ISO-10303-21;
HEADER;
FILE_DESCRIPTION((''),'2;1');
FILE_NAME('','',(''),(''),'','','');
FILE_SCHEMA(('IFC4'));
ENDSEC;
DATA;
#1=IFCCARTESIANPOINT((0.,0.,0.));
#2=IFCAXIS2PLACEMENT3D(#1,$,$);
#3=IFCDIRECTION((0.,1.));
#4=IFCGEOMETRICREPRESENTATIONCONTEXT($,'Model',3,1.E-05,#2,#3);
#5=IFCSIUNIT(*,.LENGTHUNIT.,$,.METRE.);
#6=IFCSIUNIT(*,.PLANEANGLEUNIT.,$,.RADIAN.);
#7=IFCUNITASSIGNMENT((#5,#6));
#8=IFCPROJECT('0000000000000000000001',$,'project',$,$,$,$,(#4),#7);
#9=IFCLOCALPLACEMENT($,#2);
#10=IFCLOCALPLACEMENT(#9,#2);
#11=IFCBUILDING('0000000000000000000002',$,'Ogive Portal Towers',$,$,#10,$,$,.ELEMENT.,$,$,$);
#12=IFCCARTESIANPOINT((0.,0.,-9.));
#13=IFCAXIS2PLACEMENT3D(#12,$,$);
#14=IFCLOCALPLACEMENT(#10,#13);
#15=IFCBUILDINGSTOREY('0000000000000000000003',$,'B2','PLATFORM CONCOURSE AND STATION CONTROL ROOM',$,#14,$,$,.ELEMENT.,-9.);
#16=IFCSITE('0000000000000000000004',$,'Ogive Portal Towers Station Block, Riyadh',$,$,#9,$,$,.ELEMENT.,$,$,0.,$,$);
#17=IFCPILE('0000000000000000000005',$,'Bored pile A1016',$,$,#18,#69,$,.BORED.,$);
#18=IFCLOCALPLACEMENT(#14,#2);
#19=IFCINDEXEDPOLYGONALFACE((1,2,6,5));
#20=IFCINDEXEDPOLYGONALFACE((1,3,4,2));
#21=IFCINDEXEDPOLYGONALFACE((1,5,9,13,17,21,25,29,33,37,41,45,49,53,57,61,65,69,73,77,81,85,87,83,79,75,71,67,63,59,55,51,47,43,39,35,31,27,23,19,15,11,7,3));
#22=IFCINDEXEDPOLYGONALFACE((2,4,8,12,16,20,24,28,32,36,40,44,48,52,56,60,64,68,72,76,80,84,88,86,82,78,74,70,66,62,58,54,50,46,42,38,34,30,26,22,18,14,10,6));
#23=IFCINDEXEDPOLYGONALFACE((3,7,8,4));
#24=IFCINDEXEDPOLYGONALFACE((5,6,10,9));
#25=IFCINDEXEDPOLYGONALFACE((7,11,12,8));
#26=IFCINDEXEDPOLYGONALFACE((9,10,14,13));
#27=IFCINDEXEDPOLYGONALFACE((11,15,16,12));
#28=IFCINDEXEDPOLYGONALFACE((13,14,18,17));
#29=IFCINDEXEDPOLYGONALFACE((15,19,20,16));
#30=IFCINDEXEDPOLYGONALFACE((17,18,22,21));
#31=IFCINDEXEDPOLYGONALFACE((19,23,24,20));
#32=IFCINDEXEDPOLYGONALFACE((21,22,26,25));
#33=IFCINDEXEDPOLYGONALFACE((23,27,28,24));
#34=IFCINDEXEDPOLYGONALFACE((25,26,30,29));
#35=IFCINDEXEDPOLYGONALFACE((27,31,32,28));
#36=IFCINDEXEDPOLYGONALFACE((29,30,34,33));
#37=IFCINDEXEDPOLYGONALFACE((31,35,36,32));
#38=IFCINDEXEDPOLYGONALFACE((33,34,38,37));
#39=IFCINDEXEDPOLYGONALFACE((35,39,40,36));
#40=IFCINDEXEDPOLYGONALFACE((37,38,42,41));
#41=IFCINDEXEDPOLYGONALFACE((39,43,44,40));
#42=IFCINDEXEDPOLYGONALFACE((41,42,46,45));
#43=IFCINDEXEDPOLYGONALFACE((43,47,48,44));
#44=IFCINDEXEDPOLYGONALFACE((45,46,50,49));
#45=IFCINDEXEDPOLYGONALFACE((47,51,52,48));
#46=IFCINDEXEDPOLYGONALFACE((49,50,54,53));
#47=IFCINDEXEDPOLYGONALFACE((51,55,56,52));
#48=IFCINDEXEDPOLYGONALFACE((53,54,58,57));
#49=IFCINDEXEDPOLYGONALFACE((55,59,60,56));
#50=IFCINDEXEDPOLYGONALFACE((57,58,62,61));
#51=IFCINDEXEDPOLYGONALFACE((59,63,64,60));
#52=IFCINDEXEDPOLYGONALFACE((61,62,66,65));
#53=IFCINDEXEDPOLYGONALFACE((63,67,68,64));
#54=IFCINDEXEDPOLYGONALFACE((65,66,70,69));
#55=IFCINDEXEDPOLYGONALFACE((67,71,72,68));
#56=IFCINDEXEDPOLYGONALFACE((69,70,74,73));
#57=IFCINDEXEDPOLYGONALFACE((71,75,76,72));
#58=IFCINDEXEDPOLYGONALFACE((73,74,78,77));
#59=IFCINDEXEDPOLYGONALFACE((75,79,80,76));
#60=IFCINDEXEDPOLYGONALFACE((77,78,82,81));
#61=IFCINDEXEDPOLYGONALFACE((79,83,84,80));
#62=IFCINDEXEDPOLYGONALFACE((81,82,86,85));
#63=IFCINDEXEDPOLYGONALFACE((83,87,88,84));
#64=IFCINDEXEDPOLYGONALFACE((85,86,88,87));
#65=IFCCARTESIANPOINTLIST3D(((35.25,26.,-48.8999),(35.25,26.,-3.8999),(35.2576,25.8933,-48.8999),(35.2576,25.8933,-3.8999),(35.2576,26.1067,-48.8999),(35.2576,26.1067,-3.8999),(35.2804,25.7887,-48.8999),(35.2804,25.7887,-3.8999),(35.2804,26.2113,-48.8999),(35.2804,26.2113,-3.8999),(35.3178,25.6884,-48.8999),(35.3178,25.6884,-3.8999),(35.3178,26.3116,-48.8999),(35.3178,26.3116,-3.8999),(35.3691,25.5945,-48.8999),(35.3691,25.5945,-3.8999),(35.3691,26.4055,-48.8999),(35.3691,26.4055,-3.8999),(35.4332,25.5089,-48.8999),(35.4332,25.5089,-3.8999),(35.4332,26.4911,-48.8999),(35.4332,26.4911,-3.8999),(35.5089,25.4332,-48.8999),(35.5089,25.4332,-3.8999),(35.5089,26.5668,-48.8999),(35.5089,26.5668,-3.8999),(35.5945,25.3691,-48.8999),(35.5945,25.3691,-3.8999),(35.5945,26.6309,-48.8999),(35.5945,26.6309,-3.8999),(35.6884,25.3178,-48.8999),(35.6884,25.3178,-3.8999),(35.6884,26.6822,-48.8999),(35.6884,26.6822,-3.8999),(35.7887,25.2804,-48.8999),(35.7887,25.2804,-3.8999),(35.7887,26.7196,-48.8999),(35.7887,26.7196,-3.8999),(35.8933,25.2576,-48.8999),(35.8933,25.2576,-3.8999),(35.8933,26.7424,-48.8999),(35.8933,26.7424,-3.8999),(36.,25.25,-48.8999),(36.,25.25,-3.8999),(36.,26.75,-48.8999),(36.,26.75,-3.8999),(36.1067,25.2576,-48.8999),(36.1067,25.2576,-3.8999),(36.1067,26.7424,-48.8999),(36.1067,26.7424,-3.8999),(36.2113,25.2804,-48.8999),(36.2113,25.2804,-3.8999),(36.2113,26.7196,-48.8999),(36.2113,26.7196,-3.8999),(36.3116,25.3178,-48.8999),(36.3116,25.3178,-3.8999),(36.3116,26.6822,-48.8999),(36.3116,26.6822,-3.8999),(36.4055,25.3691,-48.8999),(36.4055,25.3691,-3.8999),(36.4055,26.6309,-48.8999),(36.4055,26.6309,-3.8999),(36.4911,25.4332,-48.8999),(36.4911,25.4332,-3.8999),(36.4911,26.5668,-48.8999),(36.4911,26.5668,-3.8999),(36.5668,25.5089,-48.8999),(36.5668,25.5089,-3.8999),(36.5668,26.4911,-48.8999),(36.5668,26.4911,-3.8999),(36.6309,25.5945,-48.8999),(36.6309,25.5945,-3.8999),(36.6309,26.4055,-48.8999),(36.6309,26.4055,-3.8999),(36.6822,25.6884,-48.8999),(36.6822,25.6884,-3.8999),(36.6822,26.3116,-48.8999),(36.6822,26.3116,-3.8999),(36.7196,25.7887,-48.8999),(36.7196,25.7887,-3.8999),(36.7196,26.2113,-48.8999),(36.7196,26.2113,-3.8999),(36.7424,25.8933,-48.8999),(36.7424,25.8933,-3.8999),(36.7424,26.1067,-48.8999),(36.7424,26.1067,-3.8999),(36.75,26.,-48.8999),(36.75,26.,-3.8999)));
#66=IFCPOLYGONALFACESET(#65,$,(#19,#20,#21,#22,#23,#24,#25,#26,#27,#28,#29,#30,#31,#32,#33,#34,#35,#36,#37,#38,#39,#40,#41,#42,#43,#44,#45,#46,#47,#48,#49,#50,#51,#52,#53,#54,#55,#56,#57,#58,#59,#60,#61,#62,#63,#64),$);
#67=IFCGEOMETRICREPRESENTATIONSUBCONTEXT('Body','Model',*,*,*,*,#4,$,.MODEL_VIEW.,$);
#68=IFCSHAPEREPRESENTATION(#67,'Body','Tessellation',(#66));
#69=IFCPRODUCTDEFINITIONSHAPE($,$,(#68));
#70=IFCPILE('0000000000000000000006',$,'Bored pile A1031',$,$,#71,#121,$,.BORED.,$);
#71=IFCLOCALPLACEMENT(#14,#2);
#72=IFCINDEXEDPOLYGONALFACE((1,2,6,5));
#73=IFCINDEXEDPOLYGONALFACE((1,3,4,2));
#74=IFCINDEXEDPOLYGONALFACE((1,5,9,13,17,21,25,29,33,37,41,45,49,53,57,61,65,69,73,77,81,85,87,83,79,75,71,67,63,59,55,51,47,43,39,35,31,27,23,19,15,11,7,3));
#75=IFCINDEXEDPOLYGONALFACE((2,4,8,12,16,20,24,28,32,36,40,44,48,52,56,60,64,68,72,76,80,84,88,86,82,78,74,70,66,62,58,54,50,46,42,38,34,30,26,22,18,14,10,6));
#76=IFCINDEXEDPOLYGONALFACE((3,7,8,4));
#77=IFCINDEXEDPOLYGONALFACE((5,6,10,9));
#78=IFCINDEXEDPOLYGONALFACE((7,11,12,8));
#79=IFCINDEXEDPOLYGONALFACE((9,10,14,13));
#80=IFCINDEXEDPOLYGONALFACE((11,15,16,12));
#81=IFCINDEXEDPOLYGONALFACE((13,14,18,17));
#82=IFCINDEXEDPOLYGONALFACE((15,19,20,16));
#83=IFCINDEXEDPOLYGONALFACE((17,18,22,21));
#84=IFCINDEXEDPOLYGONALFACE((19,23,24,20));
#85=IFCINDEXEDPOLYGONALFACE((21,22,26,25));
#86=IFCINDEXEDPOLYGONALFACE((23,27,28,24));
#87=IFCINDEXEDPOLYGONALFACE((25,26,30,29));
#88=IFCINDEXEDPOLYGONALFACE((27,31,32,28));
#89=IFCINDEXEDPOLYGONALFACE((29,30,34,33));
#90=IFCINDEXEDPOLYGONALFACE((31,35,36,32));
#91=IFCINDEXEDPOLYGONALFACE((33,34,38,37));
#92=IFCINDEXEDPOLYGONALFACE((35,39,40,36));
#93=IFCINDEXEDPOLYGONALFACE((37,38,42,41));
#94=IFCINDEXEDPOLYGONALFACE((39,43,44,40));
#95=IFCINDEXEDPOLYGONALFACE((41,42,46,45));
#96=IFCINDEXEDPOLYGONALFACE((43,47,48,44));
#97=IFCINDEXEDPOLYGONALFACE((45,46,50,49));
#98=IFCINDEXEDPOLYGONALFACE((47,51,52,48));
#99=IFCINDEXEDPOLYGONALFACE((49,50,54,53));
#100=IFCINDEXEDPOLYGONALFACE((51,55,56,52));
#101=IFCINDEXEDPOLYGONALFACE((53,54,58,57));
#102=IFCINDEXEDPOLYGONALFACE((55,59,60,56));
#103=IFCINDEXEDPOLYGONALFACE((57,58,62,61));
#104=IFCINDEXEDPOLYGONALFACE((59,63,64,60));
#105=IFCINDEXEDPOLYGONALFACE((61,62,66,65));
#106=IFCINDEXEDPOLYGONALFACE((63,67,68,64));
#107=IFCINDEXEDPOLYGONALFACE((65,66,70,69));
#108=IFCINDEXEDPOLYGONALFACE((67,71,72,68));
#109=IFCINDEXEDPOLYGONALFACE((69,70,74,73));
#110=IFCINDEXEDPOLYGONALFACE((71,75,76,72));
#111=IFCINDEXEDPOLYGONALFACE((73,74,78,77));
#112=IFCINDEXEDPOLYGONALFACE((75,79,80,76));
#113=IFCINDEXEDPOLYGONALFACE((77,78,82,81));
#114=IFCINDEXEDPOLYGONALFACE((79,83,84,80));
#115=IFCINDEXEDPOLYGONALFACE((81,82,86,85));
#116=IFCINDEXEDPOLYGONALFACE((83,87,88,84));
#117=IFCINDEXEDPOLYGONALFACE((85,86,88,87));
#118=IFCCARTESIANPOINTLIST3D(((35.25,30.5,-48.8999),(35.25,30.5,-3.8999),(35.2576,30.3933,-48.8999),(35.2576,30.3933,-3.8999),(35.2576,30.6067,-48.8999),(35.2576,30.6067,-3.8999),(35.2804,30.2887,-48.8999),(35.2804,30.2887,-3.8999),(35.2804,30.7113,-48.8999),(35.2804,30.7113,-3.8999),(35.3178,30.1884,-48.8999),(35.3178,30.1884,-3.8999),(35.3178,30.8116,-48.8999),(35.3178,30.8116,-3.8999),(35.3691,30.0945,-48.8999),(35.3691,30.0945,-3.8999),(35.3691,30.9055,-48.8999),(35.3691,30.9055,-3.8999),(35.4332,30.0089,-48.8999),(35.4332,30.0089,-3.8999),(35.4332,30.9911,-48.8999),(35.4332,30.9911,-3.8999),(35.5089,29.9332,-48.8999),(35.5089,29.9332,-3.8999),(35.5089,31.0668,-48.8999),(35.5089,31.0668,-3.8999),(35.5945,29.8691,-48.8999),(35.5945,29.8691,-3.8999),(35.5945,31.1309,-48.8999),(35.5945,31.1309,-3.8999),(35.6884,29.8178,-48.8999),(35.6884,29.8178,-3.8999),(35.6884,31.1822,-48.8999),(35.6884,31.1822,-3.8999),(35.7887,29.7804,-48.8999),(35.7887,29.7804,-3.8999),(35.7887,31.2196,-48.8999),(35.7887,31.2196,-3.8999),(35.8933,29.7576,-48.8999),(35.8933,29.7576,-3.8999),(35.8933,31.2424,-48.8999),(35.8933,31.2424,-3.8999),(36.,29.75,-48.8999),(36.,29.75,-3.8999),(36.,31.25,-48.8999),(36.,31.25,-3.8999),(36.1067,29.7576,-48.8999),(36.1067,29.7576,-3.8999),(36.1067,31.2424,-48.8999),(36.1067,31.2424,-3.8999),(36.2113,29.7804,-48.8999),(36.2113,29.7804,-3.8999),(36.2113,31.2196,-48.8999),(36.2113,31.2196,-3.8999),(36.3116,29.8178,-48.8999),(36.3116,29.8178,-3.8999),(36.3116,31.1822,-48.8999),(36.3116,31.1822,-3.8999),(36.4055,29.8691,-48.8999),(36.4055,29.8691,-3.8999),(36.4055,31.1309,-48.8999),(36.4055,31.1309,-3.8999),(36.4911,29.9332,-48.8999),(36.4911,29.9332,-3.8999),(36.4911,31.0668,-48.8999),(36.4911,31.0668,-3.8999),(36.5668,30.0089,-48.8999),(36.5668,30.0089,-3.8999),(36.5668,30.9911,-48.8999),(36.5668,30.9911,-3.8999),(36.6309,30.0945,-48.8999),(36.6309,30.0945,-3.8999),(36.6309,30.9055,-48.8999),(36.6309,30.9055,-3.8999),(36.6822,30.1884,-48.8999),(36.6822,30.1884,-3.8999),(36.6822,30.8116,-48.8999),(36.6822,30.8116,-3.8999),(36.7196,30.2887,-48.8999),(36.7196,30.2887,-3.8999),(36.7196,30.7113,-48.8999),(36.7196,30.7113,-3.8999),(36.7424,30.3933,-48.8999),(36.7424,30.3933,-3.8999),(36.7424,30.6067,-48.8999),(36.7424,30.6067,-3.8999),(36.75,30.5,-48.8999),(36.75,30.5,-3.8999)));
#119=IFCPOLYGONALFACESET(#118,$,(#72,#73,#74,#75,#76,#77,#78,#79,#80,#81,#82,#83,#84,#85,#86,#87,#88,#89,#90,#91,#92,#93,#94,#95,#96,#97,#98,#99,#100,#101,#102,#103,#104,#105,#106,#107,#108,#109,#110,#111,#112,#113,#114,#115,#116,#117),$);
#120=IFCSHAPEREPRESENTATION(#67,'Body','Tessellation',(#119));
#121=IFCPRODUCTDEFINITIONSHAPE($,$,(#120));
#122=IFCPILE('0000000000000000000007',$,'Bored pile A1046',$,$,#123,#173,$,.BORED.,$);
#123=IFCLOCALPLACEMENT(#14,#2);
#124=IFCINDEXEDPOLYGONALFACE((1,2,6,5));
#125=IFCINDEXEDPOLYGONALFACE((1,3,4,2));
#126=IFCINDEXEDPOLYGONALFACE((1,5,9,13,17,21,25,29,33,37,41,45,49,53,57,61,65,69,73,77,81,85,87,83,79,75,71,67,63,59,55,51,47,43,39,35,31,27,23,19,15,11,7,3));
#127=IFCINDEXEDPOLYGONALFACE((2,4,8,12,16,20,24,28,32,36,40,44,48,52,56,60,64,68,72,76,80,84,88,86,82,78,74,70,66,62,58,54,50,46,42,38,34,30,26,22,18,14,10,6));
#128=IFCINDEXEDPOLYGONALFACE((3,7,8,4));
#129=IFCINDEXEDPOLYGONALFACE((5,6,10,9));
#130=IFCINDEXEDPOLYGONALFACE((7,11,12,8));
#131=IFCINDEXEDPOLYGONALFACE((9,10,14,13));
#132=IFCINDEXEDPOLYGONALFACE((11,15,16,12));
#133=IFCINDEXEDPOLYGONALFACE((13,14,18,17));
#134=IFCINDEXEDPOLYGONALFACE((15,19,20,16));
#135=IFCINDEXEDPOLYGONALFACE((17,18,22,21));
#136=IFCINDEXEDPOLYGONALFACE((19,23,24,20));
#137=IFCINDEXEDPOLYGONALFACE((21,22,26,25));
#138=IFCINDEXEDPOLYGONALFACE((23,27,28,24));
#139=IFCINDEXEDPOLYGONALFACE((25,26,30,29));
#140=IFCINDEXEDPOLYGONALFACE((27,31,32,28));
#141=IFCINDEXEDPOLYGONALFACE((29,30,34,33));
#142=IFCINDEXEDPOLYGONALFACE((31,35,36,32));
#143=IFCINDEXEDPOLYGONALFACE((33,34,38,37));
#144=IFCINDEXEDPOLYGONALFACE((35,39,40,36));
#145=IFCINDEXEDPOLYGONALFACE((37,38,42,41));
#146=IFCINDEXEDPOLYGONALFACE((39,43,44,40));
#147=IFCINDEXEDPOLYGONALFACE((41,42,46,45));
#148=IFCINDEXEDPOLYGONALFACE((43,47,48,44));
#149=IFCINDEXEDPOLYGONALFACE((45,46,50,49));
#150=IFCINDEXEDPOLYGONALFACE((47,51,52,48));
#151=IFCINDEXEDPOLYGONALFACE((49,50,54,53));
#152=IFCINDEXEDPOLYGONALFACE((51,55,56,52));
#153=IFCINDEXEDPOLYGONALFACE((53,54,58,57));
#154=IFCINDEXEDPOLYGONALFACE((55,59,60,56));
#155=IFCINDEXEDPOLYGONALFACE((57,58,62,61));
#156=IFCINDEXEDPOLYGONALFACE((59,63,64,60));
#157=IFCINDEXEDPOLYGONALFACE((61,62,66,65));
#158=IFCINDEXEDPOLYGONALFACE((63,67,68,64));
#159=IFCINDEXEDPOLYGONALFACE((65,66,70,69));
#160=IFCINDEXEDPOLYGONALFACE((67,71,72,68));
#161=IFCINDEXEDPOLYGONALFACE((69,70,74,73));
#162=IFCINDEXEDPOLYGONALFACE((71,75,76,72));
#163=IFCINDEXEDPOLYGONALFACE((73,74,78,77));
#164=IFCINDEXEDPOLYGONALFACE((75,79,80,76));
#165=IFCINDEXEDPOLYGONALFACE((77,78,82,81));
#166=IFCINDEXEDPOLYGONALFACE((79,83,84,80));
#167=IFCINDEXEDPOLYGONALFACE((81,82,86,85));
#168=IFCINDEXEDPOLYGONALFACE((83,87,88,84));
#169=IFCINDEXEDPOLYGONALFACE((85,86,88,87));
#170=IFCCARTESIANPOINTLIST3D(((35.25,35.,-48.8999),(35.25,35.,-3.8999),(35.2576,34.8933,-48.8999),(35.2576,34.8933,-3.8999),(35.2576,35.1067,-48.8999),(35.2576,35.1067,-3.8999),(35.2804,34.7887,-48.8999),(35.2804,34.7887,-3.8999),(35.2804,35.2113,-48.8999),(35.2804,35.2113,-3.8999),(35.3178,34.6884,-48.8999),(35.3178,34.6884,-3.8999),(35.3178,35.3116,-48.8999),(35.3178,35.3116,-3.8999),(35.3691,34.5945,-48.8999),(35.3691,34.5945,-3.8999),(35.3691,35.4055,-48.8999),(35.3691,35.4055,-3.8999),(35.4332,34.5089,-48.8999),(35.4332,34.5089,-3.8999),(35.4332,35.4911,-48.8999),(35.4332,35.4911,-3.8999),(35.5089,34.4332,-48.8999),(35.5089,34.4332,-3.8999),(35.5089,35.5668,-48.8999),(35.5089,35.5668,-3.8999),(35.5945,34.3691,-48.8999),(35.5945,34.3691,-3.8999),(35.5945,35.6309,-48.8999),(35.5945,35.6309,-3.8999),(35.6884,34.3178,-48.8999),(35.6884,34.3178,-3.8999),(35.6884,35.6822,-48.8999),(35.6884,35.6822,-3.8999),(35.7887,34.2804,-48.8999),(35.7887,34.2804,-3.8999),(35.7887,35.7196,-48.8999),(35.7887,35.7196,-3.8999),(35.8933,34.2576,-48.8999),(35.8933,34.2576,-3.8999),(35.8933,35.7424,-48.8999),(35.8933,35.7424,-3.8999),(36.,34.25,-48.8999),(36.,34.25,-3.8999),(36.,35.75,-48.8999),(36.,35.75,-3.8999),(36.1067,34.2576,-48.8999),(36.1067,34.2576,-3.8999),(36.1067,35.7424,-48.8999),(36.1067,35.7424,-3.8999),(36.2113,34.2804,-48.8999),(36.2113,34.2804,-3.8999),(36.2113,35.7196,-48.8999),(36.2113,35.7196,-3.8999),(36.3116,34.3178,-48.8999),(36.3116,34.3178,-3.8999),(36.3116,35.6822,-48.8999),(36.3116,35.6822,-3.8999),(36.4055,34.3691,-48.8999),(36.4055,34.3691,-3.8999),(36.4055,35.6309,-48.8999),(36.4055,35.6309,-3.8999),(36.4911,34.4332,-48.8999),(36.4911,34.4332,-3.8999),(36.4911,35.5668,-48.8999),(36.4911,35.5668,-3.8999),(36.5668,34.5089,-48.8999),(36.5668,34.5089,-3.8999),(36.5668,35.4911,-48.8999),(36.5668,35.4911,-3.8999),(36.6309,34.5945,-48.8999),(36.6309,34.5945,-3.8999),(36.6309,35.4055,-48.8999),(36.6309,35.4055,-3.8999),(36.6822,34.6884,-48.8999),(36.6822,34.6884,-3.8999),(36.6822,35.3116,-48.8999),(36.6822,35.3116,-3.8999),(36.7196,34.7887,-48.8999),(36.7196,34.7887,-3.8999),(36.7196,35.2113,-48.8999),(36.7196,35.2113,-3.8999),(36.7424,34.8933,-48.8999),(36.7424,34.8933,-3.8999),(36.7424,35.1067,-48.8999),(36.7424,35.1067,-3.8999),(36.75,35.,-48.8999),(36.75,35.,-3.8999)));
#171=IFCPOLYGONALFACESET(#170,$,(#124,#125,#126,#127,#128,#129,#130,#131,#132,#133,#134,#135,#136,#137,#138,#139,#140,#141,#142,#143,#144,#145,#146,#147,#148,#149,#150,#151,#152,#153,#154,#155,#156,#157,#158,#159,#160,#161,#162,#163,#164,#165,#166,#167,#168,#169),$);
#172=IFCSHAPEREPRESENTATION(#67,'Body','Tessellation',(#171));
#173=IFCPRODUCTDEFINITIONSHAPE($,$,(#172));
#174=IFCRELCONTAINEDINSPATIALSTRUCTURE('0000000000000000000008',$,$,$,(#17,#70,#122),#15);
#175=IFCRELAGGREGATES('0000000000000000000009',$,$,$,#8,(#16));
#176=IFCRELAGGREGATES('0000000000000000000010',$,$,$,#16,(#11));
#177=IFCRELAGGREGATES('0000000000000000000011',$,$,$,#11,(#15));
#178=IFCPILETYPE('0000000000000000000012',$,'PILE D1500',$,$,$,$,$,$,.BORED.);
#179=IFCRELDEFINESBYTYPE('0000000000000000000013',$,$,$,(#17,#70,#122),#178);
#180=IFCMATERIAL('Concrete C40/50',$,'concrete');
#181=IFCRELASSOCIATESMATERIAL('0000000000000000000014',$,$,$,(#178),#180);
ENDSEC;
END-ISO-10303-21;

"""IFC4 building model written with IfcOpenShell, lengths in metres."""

from ifc_helpers import new_model, si_unit, direction, frame, origin, origin_2d, place, context, subcontext, project, spatial, circle, extrude, material, material_profile, profile_set, type_object, element, save


model = new_model("IFC4")

# Units and contexts
model_context = context("Model", 3, precision=1e-05, world=origin(), true_north=direction((0.0, 1.0)))
body_context = subcontext(model_context, "Body", "Model", "MODEL_VIEW")
ifc_project = project(units=[si_unit("LENGTHUNIT", "METRE"), si_unit("PLANEANGLEUNIT", "RADIAN")], contexts=[model_context])

# Site, building, storey
site_placement = place(None, origin())
site = spatial("IfcSite", under=ifc_project, at=site_placement, Name="Ogive Portal Towers Station Block, Riyadh", CompositionType="ELEMENT", RefElevation=0.0)
building_placement = place(site_placement, origin())
building = spatial("IfcBuilding", under=site, at=building_placement, Name="Ogive Portal Towers", CompositionType="ELEMENT")
storey_placement = place(building_placement, frame((0.0, 0.0, -9.0)))
storey = spatial("IfcBuildingStorey", under=building, at=storey_placement, Name="B2", Description="PLATFORM CONCOURSE AND STATION CONTROL ROOM", CompositionType="ELEMENT", Elevation=-9.0)

# Piles
ifc_material_1 = material(Name="Concrete C40/50", Category="concrete")
ifc_material_profile_1 = material_profile(ifc_material_1, circle(Radius=0.75, at=origin_2d()), Name="PILE D1500")
ifc_profile_set_1 = profile_set([ifc_material_profile_1], Name="Concrete C40/50")
pile_type = type_object("IfcPileType", Name="PILE D1500", PredefinedType="BORED", material=ifc_profile_set_1)
for number, where, z_axis, x_axis, name in (
    (1, (36.0, 26.0, -3.8999), (0.0, 0.0, -1.0), (1.0, 0.0, 0.0), "Bored pile A1016"),
    (2, (36.0, 30.5, -3.8999), (0.0, 0.0, -1.0), (1.0, 0.0, 0.0), "Bored pile A1031"),
    (3, (36.0, 35.0, -3.8999), (0.0, 0.0, -1.0), (1.0, 0.0, 0.0), "Bored pile A1046"),
):
    element("IfcPile", number, at=place(storey_placement, frame(where, z_axis=z_axis, x_axis=x_axis)), inside=storey, type_object=pile_type, Name=name, PredefinedType="BORED", context=body_context, shape_type="SweptSolid", body=[
        extrude(circle(Radius=0.75, at=origin_2d()), origin(), (0.0, 0.0, 1.0), 45.0),
    ])

save(model, "model.ifc")
